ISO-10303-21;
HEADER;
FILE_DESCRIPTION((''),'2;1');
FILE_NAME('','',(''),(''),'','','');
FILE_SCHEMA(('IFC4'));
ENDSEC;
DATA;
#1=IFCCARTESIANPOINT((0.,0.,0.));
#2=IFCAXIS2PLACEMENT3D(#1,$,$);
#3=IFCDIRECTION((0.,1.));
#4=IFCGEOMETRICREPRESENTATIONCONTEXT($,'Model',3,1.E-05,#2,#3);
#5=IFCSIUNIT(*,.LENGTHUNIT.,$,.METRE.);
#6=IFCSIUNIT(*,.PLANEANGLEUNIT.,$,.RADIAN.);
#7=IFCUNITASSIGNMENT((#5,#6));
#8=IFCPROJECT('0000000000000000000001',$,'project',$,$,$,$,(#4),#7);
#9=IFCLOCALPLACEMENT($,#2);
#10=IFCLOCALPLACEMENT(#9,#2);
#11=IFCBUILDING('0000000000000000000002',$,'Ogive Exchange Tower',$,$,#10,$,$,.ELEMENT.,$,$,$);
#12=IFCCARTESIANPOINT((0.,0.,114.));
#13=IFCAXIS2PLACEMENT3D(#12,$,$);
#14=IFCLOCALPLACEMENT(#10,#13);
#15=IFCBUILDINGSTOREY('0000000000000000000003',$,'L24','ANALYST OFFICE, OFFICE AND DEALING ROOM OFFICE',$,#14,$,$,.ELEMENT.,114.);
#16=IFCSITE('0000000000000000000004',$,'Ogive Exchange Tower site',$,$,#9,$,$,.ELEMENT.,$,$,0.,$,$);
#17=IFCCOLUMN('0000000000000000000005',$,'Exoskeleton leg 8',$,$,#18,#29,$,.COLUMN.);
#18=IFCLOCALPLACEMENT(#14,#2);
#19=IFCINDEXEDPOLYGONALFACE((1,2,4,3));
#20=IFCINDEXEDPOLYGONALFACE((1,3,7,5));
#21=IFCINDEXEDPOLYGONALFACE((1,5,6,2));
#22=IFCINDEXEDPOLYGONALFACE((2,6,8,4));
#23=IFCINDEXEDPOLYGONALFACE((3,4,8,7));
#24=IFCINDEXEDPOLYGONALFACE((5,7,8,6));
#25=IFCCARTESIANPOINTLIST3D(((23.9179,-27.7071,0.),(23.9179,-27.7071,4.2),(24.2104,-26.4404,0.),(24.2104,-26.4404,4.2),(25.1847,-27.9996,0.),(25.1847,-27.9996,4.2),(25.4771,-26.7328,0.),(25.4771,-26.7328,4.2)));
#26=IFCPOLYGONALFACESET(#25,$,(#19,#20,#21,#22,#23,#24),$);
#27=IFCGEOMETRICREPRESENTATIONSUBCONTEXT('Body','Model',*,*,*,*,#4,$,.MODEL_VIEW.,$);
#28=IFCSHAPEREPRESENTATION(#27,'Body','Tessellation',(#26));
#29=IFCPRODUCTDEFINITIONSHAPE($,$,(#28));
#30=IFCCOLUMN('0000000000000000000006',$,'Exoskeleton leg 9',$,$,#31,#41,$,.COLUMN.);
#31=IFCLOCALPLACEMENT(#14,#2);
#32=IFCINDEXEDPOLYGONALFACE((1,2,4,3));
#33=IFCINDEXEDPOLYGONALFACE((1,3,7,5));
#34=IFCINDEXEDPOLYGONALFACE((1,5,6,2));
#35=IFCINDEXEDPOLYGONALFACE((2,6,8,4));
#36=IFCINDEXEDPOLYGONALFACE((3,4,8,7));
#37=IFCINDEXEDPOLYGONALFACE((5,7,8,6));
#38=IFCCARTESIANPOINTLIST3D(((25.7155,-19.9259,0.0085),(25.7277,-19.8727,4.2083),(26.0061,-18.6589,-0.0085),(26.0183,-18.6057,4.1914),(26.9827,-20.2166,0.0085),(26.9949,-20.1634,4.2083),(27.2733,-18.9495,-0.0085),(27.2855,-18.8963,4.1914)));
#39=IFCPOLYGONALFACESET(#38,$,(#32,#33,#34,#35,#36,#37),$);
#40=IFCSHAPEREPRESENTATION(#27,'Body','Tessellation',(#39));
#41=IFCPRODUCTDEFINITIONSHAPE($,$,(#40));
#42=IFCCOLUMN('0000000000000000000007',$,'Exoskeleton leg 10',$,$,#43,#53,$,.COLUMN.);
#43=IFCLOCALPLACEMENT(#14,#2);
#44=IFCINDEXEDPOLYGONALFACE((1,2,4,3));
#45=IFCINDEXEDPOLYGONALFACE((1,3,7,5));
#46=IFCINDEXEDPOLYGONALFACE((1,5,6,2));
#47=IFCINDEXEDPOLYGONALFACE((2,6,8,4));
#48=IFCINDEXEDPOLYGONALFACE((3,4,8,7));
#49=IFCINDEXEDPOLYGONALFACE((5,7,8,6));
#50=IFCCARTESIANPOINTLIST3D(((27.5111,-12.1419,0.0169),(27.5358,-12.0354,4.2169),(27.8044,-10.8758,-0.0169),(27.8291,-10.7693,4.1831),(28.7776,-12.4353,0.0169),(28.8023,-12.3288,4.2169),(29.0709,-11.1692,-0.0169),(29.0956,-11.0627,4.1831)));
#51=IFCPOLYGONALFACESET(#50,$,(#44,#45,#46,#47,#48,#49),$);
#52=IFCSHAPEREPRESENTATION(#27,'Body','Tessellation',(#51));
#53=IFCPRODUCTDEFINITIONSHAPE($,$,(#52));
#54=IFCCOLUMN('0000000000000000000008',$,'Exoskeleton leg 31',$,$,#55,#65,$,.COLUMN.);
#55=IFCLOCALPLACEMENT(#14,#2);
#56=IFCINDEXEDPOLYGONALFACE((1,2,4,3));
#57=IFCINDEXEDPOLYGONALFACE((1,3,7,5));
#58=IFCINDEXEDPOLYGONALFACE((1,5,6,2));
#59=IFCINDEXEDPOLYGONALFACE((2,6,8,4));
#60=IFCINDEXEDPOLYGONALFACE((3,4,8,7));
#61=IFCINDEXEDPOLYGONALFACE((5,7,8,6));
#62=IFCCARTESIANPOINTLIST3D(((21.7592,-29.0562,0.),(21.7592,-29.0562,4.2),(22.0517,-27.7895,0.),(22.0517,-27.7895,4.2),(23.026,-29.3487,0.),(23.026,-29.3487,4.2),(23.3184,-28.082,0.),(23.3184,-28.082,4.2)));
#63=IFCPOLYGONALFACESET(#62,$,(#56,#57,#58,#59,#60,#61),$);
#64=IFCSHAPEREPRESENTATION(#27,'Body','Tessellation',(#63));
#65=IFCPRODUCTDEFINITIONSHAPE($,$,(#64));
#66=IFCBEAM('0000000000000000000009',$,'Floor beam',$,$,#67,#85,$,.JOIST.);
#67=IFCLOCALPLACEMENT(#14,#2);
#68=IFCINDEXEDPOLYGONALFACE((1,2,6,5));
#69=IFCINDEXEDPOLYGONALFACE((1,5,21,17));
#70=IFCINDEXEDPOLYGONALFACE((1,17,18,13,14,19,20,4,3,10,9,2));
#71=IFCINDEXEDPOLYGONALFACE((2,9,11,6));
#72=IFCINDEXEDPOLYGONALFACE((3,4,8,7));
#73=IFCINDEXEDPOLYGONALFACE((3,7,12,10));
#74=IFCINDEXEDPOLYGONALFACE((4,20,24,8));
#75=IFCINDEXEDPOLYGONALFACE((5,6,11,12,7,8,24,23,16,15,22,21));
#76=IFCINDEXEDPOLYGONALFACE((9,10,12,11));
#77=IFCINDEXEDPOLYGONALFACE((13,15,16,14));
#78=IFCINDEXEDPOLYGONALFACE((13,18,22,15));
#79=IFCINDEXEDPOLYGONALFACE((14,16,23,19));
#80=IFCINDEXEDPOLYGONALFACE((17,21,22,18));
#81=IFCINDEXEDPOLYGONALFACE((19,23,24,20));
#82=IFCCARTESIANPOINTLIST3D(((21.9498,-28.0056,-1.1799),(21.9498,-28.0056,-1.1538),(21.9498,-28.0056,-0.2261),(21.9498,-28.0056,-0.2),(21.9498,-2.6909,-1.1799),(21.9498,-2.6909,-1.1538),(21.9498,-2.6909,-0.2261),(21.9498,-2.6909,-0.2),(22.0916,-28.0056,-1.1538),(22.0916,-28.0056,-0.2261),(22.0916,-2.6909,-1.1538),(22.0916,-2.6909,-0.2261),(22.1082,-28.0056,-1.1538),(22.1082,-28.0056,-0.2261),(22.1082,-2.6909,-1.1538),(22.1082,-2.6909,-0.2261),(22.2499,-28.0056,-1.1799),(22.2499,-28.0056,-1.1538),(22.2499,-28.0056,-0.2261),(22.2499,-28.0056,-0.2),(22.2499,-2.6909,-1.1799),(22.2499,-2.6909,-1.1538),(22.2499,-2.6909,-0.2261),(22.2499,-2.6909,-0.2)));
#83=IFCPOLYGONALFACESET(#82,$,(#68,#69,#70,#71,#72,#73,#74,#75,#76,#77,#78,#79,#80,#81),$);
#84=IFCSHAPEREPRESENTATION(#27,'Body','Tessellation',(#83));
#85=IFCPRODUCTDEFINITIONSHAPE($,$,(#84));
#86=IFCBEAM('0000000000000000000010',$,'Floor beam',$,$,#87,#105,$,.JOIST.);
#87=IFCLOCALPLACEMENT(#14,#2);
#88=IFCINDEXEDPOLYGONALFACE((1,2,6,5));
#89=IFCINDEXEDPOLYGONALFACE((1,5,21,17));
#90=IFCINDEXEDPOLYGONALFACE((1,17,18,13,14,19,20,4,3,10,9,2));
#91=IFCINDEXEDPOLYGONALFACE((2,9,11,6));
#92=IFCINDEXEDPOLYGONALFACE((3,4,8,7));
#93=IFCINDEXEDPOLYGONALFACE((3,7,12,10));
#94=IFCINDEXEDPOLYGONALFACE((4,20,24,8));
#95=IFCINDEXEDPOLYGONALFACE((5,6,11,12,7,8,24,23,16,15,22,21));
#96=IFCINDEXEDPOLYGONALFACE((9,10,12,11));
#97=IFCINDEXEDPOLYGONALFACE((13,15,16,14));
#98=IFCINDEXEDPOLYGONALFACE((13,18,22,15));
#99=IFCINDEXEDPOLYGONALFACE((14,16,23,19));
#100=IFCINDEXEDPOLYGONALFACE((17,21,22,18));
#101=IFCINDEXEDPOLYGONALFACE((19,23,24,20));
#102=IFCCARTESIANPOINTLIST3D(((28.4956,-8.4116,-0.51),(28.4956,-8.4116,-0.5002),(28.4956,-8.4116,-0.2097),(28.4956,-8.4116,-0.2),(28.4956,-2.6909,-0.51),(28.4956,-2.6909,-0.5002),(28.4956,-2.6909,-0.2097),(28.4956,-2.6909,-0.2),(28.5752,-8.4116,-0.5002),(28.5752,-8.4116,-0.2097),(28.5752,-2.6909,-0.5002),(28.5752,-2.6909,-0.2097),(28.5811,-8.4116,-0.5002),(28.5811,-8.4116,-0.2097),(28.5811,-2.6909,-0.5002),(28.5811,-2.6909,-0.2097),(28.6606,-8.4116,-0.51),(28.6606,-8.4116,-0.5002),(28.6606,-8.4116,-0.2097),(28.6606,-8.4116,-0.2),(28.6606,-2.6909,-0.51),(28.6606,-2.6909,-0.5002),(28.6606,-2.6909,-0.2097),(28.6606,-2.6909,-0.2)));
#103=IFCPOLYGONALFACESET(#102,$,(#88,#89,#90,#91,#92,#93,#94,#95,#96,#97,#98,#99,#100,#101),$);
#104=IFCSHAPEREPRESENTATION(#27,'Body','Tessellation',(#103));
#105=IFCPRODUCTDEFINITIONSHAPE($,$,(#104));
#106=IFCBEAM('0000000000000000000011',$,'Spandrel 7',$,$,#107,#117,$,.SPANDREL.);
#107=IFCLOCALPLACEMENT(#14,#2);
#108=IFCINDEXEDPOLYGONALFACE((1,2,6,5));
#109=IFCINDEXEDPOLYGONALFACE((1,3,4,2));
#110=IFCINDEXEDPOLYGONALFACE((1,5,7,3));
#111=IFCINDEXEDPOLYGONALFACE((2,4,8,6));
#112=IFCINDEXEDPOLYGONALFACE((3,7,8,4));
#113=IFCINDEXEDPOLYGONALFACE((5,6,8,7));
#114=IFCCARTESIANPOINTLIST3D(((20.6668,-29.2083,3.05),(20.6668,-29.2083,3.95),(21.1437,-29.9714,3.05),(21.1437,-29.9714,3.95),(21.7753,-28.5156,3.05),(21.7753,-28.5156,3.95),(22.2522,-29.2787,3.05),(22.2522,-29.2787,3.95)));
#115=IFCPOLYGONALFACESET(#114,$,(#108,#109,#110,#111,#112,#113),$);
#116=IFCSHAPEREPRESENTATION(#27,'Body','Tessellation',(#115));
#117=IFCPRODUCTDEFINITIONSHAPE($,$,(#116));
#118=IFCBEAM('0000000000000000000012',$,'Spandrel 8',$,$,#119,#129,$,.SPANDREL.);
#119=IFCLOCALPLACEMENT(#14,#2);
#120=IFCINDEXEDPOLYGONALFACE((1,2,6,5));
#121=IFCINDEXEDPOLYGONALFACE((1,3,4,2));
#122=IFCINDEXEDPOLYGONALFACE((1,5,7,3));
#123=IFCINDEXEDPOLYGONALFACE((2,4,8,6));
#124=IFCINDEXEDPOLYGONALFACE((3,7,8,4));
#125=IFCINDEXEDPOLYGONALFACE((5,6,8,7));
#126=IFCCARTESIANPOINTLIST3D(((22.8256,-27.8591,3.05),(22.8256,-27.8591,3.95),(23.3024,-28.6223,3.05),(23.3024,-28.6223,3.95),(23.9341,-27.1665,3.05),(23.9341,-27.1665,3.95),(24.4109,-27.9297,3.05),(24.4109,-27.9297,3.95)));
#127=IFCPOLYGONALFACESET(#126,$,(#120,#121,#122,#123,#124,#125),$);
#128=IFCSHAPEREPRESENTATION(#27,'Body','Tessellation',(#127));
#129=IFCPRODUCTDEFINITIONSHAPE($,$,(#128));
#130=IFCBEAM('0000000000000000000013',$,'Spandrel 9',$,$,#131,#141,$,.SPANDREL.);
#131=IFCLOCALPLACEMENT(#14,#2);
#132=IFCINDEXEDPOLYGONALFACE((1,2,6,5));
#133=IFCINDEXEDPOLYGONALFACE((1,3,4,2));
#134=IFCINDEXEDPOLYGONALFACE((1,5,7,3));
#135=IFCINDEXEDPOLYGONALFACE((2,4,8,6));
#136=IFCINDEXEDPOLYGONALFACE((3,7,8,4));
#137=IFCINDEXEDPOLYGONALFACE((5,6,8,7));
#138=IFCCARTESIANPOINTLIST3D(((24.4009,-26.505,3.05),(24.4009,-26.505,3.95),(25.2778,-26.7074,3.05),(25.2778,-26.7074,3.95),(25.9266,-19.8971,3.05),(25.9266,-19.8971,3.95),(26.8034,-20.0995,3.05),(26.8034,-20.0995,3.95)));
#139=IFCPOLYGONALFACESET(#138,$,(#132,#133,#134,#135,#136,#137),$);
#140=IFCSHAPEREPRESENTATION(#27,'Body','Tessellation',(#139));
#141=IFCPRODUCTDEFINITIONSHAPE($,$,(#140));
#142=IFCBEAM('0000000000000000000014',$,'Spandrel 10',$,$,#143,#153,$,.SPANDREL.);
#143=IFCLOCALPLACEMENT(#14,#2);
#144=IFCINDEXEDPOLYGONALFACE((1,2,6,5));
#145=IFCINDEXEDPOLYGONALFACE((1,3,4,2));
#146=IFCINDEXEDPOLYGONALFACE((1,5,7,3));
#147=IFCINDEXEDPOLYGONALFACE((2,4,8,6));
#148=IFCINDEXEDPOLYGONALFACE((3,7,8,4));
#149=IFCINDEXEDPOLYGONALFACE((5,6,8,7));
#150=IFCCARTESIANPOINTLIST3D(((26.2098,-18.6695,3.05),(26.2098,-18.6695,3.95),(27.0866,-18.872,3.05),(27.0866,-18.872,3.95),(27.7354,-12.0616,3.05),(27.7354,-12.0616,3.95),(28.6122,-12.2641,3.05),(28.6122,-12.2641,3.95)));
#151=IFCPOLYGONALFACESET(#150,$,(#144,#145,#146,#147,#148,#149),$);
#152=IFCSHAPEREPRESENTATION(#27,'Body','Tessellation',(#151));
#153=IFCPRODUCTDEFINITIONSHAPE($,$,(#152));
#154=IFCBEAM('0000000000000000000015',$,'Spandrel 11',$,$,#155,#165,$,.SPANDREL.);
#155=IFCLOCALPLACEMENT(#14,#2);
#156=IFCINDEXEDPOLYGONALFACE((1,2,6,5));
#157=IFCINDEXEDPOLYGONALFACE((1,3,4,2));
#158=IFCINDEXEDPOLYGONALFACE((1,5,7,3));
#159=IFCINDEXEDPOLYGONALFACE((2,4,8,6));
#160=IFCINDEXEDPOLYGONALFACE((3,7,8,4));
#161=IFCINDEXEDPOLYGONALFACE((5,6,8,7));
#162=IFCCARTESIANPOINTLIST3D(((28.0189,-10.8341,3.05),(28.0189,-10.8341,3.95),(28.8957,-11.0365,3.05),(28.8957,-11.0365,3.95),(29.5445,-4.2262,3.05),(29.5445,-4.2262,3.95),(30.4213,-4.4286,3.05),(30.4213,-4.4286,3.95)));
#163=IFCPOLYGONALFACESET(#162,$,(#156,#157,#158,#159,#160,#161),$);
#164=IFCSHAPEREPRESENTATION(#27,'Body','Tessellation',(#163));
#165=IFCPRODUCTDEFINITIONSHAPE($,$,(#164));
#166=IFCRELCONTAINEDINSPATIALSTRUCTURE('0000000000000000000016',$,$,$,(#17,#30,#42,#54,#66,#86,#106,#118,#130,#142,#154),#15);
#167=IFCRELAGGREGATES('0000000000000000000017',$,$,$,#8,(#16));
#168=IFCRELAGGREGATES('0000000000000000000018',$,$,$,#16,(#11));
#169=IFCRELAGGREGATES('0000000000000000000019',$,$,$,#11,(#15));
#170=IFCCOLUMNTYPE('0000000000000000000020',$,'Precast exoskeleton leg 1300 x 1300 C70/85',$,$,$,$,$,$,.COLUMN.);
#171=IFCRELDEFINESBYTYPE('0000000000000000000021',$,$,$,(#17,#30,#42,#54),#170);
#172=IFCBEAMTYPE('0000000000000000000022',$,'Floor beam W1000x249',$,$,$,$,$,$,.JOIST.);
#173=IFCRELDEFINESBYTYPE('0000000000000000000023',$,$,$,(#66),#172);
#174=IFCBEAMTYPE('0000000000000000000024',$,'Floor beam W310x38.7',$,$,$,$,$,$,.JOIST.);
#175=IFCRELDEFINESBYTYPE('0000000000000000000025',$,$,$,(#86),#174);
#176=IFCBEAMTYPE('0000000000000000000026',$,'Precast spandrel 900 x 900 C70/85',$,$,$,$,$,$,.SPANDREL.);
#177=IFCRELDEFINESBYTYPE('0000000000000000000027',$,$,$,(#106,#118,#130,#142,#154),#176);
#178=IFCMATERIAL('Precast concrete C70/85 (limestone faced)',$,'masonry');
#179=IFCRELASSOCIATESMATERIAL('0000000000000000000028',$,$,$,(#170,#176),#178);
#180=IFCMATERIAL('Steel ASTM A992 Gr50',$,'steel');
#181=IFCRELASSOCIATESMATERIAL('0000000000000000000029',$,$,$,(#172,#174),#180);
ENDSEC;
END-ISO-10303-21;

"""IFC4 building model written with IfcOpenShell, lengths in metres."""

from ifc_helpers import new_model, si_unit, direction, frame, origin, origin_2d, place, context, subcontext, project, spatial, rectangle, i_section, extrude, material, material_profile, profile_set, type_object, element, save


model = new_model("IFC4")

# Units and contexts
model_context = context("Model", 3, precision=1e-05, world=origin(), true_north=direction((0.0, 1.0)))
body_context = subcontext(model_context, "Body", "Model", "MODEL_VIEW")
ifc_project = project(units=[si_unit("LENGTHUNIT", "METRE"), si_unit("PLANEANGLEUNIT", "RADIAN")], contexts=[model_context])

# Site, building, storey
site_placement = place(None, origin())
site = spatial("IfcSite", under=ifc_project, at=site_placement, Name="Ogive Exchange Tower site", CompositionType="ELEMENT", RefElevation=0.0)
building_placement = place(site_placement, origin())
building = spatial("IfcBuilding", under=site, at=building_placement, Name="Ogive Exchange Tower", CompositionType="ELEMENT")
storey_placement = place(building_placement, frame((0.0, 0.0, 114.0)))
storey = spatial("IfcBuildingStorey", under=building, at=storey_placement, Name="L24", Description="ANALYST OFFICE, OFFICE AND DEALING ROOM OFFICE", CompositionType="ELEMENT", Elevation=114.0)

# Columns
ifc_material_1 = material(Name="Precast concrete C70/85 (limestone faced)", Category="masonry")
ifc_material_profile_1 = material_profile(ifc_material_1, rectangle(XDim=1.3, YDim=1.3, at=origin_2d()), Name="1300 x 1300")
ifc_profile_set_1 = profile_set([ifc_material_profile_1], Name="Precast concrete C70/85 (limestone faced)")
column_type = type_object("IfcColumnType", Name="Precast exoskeleton leg 1300 x 1300 C70/85", PredefinedType="COLUMN", material=ifc_profile_set_1)
column_1_placement = place(storey_placement, frame((24.6975, -27.22, 0.0), z_axis=(0.0, 0.0, 1.0), x_axis=(0.97437, -0.224951, 0.0)))
element("IfcColumn", 1, at=column_1_placement, inside=storey, type_object=column_type, Name="Exoskeleton leg 8", PredefinedType="COLUMN", context=body_context, shape_type="SweptSolid", body=[
    extrude(rectangle(XDim=1.3, YDim=1.3, at=origin_2d()), origin(), (0.0, 0.0, 1.0), 4.2),
])
column_2_placement = place(storey_placement, frame((26.4944, -19.4377, 0.0), z_axis=(0.002906, 0.012671, 0.999915), x_axis=(-0.974692, 0.223553, 0.0)))
element("IfcColumn", 2, at=column_2_placement, inside=storey, type_object=column_type, Name="Exoskeleton leg 9", PredefinedType="COLUMN", context=body_context, shape_type="SweptSolid", body=[
    extrude(rectangle(XDim=1.3, YDim=1.3, at=origin_2d()), origin(), (0.0, 0.0, 1.0), 4.2002),
])
column_3_placement = place(storey_placement, frame((28.291, -11.6555, 0.0), z_axis=(0.005869, 0.025336, 0.999662), x_axis=(-0.974203, 0.225675, 0.0)))
element("IfcColumn", 3, at=column_3_placement, inside=storey, type_object=column_type, Name="Exoskeleton leg 10", PredefinedType="COLUMN", context=body_context, shape_type="SweptSolid", body=[
    extrude(rectangle(XDim=1.3, YDim=1.3, at=origin_2d()), origin(), (0.0, 0.0, 1.0), 4.2014),
])
column_4_placement = place(storey_placement, frame((22.5388, -28.5691, 0.0), z_axis=(0.0, 0.0, 1.0), x_axis=(0.97437, -0.224951, 0.0)))
element("IfcColumn", 4, at=column_4_placement, inside=storey, type_object=column_type, Name="Exoskeleton leg 31", PredefinedType="COLUMN", context=body_context, shape_type="SweptSolid", body=[
    extrude(rectangle(XDim=1.3, YDim=1.3, at=origin_2d()), origin(), (0.0, 0.0, 1.0), 4.2),
])

# Beams
ifc_material_2 = material(Name="Steel ASTM A992 Gr50", Category="steel")
ifc_material_profile_2 = material_profile(ifc_material_2, i_section(OverallWidth=0.3, OverallDepth=0.98, WebThickness=0.0166, FlangeThickness=0.0261, at=origin_2d()), Name="W1000x249")
ifc_profile_set_2 = profile_set([ifc_material_profile_2], Name="Steel ASTM A992 Gr50")
beam_type_1 = type_object("IfcBeamType", Name="Floor beam W1000x249", PredefinedType="JOIST", material=ifc_profile_set_2)
beam_1_placement = place(storey_placement, frame((22.0999, -28.0056, -0.6899), z_axis=(0.0, 1.0, 0.0), x_axis=(-1.0, 0.0, 0.0)))
element("IfcBeam", 5, at=beam_1_placement, inside=storey, type_object=beam_type_1, Name="Floor beam", PredefinedType="JOIST", context=body_context, shape_type="SweptSolid", body=[
    extrude(i_section(OverallWidth=0.3, OverallDepth=0.98, WebThickness=0.0166, FlangeThickness=0.0261, at=origin_2d()), origin(), (0.0, 0.0, 1.0), 25.3147),
])
ifc_material_profile_3 = material_profile(ifc_material_2, i_section(OverallWidth=0.165, OverallDepth=0.3101, WebThickness=0.0059, FlangeThickness=0.0098, at=origin_2d()), Name="W310x38.7")
ifc_profile_set_3 = profile_set([ifc_material_profile_3], Name="Steel ASTM A992 Gr50")
beam_type_2 = type_object("IfcBeamType", Name="Floor beam W310x38.7", PredefinedType="JOIST", material=ifc_profile_set_3)
beam_2_placement = place(storey_placement, frame((28.5781, -8.4116, -0.355), z_axis=(0.0, 1.0, 0.0), x_axis=(-1.0, 0.0, 0.0)))
element("IfcBeam", 6, at=beam_2_placement, inside=storey, type_object=beam_type_2, Name="Floor beam", PredefinedType="JOIST", context=body_context, shape_type="SweptSolid", body=[
    extrude(i_section(OverallWidth=0.165, OverallDepth=0.3101, WebThickness=0.0059, FlangeThickness=0.0098, at=origin_2d()), origin(), (0.0, 0.0, 1.0), 5.7207),
])
ifc_material_profile_4 = material_profile(ifc_material_1, rectangle(XDim=0.8999, YDim=0.8999, at=origin_2d()), Name="900 x 900")
ifc_profile_set_4 = profile_set([ifc_material_profile_4], Name="Precast concrete C70/85 (limestone faced)")
beam_type_3 = type_object("IfcBeamType", Name="Precast spandrel 900 x 900 C70/85", PredefinedType="SPANDREL", material=ifc_profile_set_4)
for number, where, z_axis, x_axis, name in (
    (7, (20.9053, -29.5898, 3.5), (0.84804, 0.529932, 0.0), (-0.529932, 0.84804, 0.0), "Spandrel 7"),
    (8, (23.064, -28.2407, 3.5), (0.848093, 0.529848, 0.0), (-0.529848, 0.848093, 0.0), "Spandrel 8"),
):
    element("IfcBeam", number, at=place(storey_placement, frame(where, z_axis=z_axis, x_axis=x_axis)), inside=storey, type_object=beam_type_3, Name=name, PredefinedType="SPANDREL", context=body_context, shape_type="SweptSolid", body=[
        extrude(rectangle(XDim=0.8999, YDim=0.8999, at=origin_2d()), origin(), (0.0, 0.0, 1.0), 1.3071),
    ])
for number, where, z_axis, x_axis, name in (
    (9, (24.8394, -26.6062, 3.5), (0.224962, 0.974368, 0.0), (-0.974368, 0.224962, 0.0), "Spandrel 9"),
    (10, (26.6482, -18.7708, 3.5), (0.224962, 0.974368, 0.0), (-0.974368, 0.224962, 0.0), "Spandrel 10"),
    (11, (28.4573, -10.9353, 3.5), (0.224962, 0.974368, 0.0), (-0.974368, 0.224962, 0.0), "Spandrel 11"),
):
    element("IfcBeam", number, at=place(storey_placement, frame(where, z_axis=z_axis, x_axis=x_axis)), inside=storey, type_object=beam_type_3, Name=name, PredefinedType="SPANDREL", context=body_context, shape_type="SweptSolid", body=[
        extrude(rectangle(XDim=0.8999, YDim=0.8999, at=origin_2d()), origin(), (0.0, 0.0, 1.0), 6.7817),
    ])

save(model, "model.ifc")
